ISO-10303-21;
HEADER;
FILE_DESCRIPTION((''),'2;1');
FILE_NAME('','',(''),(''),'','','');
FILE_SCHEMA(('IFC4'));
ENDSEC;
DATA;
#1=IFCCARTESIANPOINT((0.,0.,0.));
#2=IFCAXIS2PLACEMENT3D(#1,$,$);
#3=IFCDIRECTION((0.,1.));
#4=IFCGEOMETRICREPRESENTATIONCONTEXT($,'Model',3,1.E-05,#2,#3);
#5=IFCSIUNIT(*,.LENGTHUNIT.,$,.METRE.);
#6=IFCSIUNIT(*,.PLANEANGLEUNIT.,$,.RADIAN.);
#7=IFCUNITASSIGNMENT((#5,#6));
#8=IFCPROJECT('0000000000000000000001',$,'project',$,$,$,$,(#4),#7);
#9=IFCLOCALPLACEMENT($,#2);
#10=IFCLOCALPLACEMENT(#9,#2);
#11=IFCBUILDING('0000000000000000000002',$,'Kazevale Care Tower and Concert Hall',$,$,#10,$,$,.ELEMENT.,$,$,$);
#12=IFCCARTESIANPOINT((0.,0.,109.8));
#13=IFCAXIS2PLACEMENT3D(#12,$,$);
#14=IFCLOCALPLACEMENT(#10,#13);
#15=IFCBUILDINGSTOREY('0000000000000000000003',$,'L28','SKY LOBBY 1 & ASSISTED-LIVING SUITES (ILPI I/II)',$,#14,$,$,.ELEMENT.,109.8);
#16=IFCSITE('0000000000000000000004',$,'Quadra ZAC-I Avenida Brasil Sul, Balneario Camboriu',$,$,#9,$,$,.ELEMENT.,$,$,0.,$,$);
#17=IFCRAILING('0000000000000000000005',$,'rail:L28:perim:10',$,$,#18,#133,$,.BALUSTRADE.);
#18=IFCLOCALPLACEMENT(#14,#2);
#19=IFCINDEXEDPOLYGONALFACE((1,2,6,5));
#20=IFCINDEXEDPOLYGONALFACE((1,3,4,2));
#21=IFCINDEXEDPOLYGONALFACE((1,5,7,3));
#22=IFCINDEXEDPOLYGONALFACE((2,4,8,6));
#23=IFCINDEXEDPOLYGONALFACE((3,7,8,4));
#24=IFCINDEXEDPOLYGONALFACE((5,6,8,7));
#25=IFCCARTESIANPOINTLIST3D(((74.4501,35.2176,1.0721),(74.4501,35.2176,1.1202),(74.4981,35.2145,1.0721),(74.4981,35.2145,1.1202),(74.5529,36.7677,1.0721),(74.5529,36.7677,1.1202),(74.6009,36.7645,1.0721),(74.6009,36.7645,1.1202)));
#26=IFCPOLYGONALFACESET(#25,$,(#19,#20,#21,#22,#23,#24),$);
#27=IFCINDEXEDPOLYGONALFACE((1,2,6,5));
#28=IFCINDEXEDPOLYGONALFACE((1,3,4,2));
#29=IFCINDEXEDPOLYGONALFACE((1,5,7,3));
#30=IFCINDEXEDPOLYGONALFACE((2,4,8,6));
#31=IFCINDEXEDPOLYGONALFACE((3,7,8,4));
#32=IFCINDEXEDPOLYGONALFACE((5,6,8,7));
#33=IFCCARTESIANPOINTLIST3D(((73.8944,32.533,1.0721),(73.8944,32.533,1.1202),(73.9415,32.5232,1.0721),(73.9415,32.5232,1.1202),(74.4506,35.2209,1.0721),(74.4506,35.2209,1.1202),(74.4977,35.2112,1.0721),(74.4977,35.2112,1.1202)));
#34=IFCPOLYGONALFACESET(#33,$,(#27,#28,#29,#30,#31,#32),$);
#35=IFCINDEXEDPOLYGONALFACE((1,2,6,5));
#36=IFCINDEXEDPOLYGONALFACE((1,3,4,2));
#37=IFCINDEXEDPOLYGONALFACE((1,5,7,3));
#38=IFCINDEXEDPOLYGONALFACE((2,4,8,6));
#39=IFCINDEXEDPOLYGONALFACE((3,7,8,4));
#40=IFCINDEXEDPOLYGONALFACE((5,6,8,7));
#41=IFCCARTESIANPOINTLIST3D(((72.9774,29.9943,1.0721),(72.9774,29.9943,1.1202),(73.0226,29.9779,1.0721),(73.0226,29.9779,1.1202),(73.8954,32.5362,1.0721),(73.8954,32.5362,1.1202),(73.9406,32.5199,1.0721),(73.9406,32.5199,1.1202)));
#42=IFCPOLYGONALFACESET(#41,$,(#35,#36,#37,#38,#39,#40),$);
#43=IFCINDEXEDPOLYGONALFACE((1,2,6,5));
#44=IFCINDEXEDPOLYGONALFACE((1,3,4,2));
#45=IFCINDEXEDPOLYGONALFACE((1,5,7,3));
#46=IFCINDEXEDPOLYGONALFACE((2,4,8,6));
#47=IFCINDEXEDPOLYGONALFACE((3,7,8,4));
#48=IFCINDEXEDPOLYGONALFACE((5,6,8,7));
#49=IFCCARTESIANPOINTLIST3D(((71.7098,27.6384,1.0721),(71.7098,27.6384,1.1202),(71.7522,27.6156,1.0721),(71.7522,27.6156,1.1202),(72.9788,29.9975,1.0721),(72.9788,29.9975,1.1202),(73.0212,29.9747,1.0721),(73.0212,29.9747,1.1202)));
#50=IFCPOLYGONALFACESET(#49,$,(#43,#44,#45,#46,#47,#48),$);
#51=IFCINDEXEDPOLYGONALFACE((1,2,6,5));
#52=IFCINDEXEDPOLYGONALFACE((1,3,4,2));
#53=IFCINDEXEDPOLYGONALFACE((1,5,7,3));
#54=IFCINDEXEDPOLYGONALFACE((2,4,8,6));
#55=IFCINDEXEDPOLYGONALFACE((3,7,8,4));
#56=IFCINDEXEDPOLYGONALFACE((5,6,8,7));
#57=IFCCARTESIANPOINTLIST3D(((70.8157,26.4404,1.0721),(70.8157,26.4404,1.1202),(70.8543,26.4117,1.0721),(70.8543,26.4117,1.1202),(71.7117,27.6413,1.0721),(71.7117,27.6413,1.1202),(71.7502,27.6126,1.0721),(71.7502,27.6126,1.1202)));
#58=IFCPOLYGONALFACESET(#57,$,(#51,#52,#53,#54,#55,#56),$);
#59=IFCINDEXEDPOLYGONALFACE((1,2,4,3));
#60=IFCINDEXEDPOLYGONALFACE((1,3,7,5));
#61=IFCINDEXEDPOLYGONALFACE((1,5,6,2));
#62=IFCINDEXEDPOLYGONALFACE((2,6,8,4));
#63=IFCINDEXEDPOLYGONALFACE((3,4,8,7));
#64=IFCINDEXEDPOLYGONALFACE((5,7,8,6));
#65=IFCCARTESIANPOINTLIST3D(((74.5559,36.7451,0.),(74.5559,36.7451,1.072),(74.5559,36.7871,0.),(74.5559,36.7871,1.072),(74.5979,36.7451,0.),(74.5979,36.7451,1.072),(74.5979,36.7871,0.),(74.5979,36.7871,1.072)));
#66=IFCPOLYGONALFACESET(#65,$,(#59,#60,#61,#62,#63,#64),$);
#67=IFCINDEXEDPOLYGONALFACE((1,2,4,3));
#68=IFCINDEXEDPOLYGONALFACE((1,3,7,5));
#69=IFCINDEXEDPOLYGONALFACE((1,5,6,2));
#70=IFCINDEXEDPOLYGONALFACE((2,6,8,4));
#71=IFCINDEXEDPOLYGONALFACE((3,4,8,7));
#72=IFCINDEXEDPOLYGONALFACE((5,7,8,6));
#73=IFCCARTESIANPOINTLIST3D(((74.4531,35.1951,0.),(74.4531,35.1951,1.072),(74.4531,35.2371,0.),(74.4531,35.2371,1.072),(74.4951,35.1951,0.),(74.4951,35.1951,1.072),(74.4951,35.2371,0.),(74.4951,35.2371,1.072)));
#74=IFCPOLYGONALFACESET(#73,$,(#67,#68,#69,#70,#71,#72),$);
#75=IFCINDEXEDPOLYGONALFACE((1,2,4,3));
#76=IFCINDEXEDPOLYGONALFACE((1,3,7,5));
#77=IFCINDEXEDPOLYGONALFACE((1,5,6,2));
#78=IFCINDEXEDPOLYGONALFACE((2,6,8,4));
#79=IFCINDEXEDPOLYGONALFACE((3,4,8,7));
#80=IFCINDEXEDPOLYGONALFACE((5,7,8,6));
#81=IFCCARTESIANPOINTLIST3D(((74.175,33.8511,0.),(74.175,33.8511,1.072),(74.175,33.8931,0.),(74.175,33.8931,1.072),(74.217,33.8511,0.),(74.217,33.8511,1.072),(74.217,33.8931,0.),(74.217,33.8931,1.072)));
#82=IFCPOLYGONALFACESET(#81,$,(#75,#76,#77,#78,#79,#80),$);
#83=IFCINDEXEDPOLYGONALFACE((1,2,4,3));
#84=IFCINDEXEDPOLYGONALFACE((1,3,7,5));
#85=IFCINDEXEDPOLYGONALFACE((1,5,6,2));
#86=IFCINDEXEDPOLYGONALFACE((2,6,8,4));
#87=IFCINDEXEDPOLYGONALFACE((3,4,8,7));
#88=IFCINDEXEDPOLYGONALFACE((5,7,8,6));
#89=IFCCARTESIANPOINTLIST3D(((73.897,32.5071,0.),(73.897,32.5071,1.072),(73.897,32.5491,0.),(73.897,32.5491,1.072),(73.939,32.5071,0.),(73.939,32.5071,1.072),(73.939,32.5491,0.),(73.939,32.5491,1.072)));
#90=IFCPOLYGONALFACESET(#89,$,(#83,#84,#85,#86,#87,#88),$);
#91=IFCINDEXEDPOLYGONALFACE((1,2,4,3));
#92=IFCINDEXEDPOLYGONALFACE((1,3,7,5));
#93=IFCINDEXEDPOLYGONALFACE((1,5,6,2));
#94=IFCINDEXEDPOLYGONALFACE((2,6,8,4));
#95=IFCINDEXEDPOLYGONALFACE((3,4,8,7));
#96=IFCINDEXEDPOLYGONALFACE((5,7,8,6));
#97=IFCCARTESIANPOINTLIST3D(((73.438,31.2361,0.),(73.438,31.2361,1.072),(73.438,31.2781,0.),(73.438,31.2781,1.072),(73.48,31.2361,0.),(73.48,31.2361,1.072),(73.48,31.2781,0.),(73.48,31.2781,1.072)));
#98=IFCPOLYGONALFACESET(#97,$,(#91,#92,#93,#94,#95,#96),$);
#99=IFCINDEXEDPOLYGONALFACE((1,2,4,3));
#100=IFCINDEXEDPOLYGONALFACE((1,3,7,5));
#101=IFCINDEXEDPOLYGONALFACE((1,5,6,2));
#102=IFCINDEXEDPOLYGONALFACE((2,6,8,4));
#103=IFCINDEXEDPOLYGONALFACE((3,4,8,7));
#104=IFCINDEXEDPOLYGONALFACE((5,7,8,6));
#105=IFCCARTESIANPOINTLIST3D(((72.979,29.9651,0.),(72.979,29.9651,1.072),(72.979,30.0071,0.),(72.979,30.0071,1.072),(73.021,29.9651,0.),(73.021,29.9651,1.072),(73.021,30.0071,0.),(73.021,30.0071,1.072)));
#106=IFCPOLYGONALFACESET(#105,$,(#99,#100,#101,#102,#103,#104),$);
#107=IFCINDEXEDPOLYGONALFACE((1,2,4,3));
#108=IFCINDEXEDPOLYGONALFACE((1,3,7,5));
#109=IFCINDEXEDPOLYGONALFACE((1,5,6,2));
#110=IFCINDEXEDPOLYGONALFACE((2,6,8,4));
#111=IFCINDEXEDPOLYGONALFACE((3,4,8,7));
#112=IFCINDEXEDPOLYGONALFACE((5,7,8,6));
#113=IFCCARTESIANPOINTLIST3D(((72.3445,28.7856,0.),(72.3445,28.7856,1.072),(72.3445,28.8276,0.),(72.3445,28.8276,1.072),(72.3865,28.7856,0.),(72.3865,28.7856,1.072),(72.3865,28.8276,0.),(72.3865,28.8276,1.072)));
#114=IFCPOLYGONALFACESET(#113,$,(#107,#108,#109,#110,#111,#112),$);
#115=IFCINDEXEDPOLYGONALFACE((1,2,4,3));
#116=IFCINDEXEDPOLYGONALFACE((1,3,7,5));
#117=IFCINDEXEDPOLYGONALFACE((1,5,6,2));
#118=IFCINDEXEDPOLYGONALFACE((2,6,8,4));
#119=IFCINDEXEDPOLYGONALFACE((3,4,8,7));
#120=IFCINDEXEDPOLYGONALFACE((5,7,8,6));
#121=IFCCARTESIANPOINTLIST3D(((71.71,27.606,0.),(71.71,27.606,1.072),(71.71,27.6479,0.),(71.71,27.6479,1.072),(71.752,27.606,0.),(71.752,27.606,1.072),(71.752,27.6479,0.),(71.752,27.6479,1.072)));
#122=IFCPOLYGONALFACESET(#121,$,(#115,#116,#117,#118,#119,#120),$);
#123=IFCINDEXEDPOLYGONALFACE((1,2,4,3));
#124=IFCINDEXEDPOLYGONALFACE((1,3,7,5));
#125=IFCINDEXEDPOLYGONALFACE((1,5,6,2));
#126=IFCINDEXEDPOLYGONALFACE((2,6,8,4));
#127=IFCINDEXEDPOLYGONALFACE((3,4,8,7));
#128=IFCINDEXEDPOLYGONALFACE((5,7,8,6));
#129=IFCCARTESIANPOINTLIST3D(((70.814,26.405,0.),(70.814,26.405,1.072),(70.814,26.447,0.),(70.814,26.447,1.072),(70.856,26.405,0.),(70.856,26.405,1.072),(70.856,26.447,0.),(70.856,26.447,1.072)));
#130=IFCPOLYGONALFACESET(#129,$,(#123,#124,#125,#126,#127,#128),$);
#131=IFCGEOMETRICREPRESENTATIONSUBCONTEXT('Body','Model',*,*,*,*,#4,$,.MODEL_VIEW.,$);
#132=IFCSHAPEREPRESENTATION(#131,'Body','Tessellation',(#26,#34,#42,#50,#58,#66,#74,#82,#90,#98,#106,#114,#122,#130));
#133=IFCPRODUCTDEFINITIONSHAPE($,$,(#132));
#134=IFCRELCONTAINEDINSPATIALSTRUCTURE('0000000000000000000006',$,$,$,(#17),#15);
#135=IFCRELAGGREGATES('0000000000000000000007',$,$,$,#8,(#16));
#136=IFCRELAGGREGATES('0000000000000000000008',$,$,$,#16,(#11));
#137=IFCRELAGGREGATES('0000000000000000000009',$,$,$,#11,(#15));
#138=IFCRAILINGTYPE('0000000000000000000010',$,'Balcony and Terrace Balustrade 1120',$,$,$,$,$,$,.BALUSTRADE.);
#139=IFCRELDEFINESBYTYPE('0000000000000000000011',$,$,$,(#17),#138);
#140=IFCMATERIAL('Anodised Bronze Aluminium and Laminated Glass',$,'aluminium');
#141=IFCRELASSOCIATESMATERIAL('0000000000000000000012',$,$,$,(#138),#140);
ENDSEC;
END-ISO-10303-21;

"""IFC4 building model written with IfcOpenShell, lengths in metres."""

from ifc_helpers import new_model, si_unit, direction, frame, origin, origin_2d, place, context, subcontext, project, spatial, rectangle, extrude, material, type_object, element, save


model = new_model("IFC4")

# Units and contexts
model_context = context("Model", 3, precision=1e-05, world=origin(), true_north=direction((0.0, 1.0)))
body_context = subcontext(model_context, "Body", "Model", "MODEL_VIEW")
ifc_project = project(units=[si_unit("LENGTHUNIT", "METRE"), si_unit("PLANEANGLEUNIT", "RADIAN")], contexts=[model_context])

# Site, building, storey
site_placement = place(None, origin())
site = spatial("IfcSite", under=ifc_project, at=site_placement, Name="Quadra ZAC-I Avenida Brasil Sul, Balneario Camboriu", CompositionType="ELEMENT", RefElevation=0.0)
building_placement = place(site_placement, origin())
building = spatial("IfcBuilding", under=site, at=building_placement, Name="Kazevale Care Tower and Concert Hall", CompositionType="ELEMENT")
storey_placement = place(building_placement, frame((0.0, 0.0, 109.8)))
storey = spatial("IfcBuildingStorey", under=building, at=storey_placement, Name="L28", Description="SKY LOBBY 1 & ASSISTED-LIVING SUITES (ILPI I/II)", CompositionType="ELEMENT", Elevation=109.8)

# Railing
ifc_material_1 = material(Name="Anodised Bronze Aluminium and Laminated Glass", Category="aluminium")
railing_type = type_object("IfcRailingType", Name="Balcony and Terrace Balustrade 1120", PredefinedType="BALUSTRADE", material=ifc_material_1)
railing_placement = place(storey_placement, frame((74.5769, 36.7661, 0.0)))
element("IfcRailing", 1, at=railing_placement, inside=storey, type_object=railing_type, Name="rail:L28:perim:10", PredefinedType="BALUSTRADE", context=body_context, shape_type="SweptSolid", body=[
    extrude(rectangle(XDim=0.0481, YDim=0.0481, at=origin_2d()), frame((0.0, 0.0, 1.0962), z_axis=(-0.066164, -0.997809, 0.0), x_axis=(0.997809, -0.066164, 0.0)), (0.0, 0.0, 1.0), 1.5535),
    extrude(rectangle(XDim=0.0481, YDim=0.0481, at=origin_2d()), frame((-0.1028, -1.55, 1.0962), z_axis=(-0.202611, -0.979259, 0.0), x_axis=(0.979259, -0.202611, 0.0)), (0.0, 0.0, 1.0), 2.7449),
    extrude(rectangle(XDim=0.0481, YDim=0.0481, at=origin_2d()), frame((-0.6589, -4.238, 1.0962), z_axis=(-0.339653, -0.940551, 0.0), x_axis=(0.940551, -0.339653, 0.0)), (0.0, 0.0, 1.0), 2.7026),
    extrude(rectangle(XDim=0.0481, YDim=0.0481, at=origin_2d()), frame((-1.5769, -6.78, 1.0962), z_axis=(-0.473736, -0.880667, 0.0), x_axis=(0.880667, -0.473736, 0.0)), (0.0, 0.0, 1.0), 2.6787),
    extrude(rectangle(XDim=0.0481, YDim=0.0481, at=origin_2d()), frame((-2.8459, -9.1392, 1.0962), z_axis=(-0.597991, -0.801503, 0.0), x_axis=(0.801503, -0.597991, 0.0)), (0.0, 0.0, 1.0), 1.4983),
    extrude(rectangle(XDim=0.042, YDim=0.042, at=origin_2d()), origin(), (0.0, 0.0, 1.0), 1.072),
    extrude(rectangle(XDim=0.042, YDim=0.042, at=origin_2d()), frame((-0.1028, -1.55, 0.0)), (0.0, 0.0, 1.0), 1.072),
    extrude(rectangle(XDim=0.042, YDim=0.042, at=origin_2d()), frame((-0.3809, -2.894, 0.0)), (0.0, 0.0, 1.0), 1.072),
    extrude(rectangle(XDim=0.042, YDim=0.042, at=origin_2d()), frame((-0.6589, -4.238, 0.0)), (0.0, 0.0, 1.0), 1.072),
    extrude(rectangle(XDim=0.042, YDim=0.042, at=origin_2d()), frame((-1.1179, -5.509, 0.0)), (0.0, 0.0, 1.0), 1.072),
    extrude(rectangle(XDim=0.042, YDim=0.042, at=origin_2d()), frame((-1.5769, -6.78, 0.0)), (0.0, 0.0, 1.0), 1.072),
    extrude(rectangle(XDim=0.042, YDim=0.042, at=origin_2d()), frame((-2.2114, -7.9595, 0.0)), (0.0, 0.0, 1.0), 1.072),
    extrude(rectangle(XDim=0.042, YDim=0.042, at=origin_2d()), frame((-2.8459, -9.1392, 0.0)), (0.0, 0.0, 1.0), 1.072),
    extrude(rectangle(XDim=0.042, YDim=0.042, at=origin_2d()), frame((-3.7419, -10.3401, 0.0)), (0.0, 0.0, 1.0), 1.072),
])

save(model, "model.ifc")
